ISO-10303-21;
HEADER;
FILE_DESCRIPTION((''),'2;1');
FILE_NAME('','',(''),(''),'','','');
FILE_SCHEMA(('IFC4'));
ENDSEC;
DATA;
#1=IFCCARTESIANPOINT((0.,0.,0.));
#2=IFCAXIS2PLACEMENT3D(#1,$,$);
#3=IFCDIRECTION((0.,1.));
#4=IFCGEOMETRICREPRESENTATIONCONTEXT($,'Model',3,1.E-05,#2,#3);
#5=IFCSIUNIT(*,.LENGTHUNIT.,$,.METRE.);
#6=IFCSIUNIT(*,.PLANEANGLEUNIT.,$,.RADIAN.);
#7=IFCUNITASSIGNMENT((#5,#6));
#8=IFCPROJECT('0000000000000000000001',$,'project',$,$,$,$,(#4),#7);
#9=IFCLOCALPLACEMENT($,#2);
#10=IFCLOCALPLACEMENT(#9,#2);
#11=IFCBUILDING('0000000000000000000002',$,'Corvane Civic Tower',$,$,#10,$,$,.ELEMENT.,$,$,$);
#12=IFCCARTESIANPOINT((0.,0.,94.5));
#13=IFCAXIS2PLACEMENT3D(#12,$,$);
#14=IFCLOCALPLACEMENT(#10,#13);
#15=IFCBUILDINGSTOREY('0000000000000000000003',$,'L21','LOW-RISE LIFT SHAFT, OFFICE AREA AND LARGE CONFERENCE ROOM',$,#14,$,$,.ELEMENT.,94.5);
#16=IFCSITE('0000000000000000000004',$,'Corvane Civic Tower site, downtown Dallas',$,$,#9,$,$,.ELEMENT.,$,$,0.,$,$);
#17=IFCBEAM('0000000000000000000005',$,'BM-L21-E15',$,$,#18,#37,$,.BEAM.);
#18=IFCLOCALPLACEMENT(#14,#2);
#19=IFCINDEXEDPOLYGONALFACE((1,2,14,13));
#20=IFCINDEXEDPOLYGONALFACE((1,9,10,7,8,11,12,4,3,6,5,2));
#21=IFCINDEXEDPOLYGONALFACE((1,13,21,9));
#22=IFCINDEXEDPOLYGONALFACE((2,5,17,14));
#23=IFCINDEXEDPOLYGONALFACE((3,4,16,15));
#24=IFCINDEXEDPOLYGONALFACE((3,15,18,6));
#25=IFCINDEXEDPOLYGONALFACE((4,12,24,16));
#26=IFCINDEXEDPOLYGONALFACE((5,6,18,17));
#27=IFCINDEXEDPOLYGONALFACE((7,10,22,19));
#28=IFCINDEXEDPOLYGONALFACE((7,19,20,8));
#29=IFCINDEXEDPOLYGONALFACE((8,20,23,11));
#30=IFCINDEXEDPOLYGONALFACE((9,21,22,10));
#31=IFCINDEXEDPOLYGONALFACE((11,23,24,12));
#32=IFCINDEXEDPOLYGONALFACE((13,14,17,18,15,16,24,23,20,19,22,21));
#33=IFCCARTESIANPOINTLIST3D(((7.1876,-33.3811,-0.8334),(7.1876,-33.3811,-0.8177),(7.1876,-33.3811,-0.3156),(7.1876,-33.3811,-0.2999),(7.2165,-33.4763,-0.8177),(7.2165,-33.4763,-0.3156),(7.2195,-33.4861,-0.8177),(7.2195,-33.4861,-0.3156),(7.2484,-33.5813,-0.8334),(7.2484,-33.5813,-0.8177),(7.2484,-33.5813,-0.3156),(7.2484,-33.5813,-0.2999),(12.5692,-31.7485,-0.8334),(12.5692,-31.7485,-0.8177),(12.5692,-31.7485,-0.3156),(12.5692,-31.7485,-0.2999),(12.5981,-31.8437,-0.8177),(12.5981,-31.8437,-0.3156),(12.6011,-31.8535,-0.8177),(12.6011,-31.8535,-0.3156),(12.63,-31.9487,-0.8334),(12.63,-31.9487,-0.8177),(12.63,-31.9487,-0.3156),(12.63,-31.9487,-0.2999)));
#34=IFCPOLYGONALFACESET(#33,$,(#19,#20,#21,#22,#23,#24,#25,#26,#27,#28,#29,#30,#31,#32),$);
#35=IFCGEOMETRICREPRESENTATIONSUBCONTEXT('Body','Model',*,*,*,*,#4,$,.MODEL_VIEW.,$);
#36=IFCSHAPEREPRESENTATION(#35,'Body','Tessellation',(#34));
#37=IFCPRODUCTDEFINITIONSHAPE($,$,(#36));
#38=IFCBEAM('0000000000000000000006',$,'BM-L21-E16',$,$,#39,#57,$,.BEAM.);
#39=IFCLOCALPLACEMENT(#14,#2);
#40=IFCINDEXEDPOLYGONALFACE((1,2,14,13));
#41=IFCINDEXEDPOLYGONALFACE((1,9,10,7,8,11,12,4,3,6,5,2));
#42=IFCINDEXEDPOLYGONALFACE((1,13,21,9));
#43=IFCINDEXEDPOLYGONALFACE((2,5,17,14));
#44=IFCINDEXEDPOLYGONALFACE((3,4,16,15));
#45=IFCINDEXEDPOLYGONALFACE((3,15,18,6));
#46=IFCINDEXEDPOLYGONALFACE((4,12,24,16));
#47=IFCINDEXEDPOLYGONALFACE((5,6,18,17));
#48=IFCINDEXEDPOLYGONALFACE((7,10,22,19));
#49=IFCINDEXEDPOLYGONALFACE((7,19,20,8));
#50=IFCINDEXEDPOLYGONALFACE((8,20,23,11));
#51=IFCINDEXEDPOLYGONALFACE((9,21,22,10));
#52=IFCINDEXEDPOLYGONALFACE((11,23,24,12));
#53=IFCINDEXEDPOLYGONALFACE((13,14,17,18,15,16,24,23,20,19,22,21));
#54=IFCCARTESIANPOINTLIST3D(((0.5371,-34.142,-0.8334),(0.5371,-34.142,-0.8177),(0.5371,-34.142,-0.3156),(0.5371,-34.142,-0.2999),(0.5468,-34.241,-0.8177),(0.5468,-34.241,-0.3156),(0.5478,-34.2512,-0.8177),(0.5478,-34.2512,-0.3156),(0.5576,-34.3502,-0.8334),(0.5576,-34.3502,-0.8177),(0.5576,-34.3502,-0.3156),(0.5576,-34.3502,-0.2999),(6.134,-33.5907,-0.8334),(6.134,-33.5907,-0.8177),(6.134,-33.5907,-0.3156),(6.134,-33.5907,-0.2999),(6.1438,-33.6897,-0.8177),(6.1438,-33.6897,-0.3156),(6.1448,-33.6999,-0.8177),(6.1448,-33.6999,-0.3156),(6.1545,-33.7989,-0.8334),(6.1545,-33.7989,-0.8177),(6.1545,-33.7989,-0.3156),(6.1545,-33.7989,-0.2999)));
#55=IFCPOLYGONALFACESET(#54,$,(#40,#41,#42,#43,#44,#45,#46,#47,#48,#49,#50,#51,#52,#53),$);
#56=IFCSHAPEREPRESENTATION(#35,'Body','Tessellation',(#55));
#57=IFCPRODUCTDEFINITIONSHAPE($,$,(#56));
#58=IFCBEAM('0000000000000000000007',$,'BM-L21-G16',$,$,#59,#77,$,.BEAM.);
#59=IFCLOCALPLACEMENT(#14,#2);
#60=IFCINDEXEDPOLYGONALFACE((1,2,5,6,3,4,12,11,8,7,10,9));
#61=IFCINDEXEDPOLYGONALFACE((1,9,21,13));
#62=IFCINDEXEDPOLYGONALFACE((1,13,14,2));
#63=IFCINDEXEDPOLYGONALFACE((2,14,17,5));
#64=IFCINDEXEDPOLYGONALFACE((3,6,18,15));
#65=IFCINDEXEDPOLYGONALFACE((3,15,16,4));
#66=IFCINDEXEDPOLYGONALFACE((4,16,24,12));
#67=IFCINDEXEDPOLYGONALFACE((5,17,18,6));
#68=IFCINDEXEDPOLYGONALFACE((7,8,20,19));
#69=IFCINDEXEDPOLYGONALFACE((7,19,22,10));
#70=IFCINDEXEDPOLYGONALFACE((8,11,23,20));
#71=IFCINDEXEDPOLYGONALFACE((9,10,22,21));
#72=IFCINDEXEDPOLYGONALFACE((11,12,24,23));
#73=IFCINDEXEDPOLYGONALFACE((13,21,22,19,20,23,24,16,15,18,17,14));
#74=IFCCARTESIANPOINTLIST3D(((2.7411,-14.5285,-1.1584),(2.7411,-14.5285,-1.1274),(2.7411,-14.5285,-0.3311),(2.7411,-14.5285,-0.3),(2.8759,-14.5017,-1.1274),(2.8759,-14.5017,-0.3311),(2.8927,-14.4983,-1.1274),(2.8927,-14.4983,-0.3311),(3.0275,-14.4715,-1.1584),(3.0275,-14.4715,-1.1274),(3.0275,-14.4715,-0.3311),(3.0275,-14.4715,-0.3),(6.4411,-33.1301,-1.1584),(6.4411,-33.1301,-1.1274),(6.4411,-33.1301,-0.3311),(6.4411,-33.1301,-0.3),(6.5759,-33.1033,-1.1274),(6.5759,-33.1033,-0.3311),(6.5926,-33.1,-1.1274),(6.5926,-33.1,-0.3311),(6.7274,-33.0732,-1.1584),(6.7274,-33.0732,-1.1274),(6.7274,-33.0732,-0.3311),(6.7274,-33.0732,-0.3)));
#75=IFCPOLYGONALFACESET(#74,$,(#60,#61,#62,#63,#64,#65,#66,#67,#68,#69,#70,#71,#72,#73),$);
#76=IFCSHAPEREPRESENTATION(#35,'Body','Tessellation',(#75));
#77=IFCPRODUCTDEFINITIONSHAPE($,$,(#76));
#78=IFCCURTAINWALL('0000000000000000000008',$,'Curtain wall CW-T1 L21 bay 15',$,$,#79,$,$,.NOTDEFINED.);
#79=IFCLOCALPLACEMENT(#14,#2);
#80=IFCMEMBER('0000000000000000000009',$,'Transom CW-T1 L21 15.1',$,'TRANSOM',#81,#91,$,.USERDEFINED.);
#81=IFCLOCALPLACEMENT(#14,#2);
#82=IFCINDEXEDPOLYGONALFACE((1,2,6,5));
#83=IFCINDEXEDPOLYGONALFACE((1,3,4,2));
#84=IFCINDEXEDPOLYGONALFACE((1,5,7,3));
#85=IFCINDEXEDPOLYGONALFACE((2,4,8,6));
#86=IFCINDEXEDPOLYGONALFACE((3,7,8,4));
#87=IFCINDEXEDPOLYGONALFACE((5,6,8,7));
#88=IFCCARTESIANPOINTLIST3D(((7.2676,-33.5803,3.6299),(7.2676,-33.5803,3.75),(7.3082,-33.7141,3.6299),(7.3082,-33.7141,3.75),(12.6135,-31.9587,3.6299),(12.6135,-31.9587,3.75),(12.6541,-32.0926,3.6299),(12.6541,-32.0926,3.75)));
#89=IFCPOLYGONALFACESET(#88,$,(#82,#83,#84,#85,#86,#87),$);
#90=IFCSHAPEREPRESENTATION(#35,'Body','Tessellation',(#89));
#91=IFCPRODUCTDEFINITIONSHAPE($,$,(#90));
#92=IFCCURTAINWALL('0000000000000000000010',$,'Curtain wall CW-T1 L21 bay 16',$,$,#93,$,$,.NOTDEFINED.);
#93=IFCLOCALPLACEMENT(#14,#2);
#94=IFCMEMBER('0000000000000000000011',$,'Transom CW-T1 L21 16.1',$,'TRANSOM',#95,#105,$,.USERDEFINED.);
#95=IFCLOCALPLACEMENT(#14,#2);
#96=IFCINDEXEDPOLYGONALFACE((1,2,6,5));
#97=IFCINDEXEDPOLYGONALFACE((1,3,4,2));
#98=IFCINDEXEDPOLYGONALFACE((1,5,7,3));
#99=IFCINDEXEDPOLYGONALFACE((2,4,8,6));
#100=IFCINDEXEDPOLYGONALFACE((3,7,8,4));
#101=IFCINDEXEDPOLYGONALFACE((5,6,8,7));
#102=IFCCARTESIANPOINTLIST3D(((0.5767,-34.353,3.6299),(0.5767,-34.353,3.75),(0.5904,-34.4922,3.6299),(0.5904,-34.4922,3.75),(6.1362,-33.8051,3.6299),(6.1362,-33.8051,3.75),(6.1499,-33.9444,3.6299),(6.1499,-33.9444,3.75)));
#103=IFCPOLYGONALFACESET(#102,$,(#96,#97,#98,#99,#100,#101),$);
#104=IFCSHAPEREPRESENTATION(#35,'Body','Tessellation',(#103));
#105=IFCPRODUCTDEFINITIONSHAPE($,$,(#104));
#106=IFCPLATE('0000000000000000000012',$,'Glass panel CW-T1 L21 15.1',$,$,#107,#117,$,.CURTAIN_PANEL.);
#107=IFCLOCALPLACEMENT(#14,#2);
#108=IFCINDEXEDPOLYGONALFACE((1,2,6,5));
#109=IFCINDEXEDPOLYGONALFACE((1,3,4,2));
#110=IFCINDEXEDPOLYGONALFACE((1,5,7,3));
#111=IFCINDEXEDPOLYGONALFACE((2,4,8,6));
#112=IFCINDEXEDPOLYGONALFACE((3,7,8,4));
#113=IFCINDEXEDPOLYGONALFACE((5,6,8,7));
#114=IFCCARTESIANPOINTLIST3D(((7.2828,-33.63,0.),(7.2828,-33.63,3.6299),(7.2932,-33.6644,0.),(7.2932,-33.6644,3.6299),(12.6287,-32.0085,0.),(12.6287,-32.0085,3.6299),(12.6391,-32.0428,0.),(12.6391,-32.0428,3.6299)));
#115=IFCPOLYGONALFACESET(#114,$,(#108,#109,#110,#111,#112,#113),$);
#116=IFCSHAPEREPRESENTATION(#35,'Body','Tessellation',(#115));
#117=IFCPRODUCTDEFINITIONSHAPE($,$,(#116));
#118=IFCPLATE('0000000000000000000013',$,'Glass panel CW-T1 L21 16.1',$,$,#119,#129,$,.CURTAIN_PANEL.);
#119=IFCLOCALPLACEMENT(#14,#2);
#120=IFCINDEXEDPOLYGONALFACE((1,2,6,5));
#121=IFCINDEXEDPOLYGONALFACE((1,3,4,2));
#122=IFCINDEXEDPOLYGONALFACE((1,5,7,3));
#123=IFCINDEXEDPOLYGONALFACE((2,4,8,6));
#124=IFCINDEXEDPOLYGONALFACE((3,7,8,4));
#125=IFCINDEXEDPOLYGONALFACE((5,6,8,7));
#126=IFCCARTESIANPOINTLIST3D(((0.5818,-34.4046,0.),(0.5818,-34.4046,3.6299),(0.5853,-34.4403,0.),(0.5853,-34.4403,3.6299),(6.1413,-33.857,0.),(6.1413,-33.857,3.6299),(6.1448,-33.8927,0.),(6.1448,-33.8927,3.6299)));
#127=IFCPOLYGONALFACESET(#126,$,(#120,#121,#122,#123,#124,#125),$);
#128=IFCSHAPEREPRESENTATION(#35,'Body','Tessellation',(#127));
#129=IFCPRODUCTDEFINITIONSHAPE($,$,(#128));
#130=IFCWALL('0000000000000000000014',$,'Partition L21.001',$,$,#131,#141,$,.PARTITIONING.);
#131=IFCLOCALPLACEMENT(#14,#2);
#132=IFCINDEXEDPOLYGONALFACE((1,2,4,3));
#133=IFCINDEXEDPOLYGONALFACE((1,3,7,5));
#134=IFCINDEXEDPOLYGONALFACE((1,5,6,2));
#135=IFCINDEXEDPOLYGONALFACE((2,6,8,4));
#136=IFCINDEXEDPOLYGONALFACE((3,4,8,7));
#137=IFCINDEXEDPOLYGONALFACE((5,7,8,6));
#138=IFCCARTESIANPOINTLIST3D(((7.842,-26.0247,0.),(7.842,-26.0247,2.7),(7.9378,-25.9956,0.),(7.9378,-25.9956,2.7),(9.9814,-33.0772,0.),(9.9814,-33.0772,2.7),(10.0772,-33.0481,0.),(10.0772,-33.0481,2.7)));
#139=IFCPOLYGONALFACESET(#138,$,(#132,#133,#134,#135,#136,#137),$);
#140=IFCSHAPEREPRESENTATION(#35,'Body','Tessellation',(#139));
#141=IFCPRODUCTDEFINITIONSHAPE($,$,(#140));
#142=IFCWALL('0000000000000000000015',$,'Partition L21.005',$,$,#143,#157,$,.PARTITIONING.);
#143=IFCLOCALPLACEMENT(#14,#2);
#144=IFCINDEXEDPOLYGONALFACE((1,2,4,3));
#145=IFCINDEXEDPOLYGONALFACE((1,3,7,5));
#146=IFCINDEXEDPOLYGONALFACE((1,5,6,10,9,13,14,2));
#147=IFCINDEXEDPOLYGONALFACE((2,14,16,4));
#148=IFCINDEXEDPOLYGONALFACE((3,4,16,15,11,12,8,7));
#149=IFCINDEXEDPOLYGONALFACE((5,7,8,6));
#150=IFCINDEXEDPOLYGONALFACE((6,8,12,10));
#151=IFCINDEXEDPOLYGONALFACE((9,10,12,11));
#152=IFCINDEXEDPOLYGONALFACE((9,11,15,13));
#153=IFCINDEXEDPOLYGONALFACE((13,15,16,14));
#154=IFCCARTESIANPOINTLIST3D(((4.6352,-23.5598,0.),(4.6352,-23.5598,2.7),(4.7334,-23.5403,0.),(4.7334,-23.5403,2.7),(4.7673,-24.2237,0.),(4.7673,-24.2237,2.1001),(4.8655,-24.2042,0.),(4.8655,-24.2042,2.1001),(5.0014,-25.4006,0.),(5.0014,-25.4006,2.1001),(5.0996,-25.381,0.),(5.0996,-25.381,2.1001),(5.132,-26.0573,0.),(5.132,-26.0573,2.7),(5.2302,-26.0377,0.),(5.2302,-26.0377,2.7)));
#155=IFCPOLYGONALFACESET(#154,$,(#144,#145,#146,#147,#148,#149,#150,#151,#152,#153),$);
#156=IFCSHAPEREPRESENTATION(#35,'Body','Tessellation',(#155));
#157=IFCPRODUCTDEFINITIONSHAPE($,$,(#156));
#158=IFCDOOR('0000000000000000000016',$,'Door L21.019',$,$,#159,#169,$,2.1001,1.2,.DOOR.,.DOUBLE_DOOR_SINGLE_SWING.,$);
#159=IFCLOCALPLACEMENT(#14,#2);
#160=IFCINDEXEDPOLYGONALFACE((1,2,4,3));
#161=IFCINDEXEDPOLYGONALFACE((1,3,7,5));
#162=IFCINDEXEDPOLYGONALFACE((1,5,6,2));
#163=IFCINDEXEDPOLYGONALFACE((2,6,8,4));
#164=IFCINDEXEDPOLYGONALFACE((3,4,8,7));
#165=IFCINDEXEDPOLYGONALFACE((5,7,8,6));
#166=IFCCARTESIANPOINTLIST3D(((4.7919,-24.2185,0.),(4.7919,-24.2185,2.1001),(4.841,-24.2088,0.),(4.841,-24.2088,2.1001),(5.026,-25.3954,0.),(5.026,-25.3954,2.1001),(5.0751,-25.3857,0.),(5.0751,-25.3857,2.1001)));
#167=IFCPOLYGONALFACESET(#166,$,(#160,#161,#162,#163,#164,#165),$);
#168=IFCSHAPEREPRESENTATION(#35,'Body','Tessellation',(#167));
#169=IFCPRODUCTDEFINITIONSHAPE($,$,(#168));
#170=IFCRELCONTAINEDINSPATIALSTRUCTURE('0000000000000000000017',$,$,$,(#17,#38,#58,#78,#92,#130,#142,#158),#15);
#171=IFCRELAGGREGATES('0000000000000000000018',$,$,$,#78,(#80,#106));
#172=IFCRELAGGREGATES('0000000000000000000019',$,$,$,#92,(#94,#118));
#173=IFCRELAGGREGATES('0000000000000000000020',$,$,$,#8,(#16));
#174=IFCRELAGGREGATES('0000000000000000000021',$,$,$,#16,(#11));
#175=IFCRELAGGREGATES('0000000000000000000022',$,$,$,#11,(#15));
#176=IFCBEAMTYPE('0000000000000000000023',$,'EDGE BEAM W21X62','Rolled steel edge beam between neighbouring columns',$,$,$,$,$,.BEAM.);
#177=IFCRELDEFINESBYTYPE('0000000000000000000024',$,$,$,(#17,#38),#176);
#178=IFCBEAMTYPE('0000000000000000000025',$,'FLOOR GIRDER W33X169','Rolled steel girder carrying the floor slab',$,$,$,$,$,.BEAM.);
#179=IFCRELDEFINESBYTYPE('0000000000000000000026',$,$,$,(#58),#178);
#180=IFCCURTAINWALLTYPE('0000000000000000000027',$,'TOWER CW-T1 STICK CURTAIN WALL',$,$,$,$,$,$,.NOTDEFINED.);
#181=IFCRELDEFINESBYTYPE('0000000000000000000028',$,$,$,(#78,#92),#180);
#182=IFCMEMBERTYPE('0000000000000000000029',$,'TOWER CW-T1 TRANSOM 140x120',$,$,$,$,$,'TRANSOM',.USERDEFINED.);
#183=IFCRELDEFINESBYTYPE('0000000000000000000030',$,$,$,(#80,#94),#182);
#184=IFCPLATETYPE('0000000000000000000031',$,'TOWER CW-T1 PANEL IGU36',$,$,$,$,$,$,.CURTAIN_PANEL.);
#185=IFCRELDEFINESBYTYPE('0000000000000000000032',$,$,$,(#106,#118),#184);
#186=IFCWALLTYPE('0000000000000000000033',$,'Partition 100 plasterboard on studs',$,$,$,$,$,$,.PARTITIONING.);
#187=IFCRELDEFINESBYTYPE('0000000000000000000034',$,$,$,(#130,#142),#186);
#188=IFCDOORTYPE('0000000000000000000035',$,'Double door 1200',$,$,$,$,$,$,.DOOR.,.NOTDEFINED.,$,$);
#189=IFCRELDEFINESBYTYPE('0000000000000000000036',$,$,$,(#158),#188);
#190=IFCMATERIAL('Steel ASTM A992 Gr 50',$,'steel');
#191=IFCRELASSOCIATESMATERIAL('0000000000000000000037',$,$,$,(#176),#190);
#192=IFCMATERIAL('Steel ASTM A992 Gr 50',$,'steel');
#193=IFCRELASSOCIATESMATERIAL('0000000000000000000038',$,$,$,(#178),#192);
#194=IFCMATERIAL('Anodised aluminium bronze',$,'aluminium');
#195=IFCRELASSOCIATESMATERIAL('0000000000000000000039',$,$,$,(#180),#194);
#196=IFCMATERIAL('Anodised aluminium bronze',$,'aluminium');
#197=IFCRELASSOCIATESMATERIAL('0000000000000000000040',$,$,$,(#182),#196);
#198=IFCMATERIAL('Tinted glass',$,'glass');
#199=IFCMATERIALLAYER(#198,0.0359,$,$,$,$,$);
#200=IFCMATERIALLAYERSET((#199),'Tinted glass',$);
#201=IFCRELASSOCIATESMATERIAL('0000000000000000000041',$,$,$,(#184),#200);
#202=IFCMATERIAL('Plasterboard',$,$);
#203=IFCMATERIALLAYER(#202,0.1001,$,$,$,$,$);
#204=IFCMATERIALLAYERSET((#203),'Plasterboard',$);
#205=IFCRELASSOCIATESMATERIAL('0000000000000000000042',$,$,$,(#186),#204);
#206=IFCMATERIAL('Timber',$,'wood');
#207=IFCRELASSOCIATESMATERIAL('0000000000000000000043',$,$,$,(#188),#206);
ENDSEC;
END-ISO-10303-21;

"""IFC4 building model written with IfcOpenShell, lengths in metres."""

from ifc_helpers import new_model, si_unit, direction, frame, frame_2d, origin, origin_2d, place, context, subcontext, project, spatial, rectangle, i_section, extrude, material, layer, layer_set, material_profile, profile_set, type_object, element, fill, aggregate, save


model = new_model("IFC4")

# Units and contexts
model_context = context("Model", 3, precision=1e-05, world=origin(), true_north=direction((0.0, 1.0)))
body_context = subcontext(model_context, "Body", "Model", "MODEL_VIEW")
ifc_project = project(units=[si_unit("LENGTHUNIT", "METRE"), si_unit("PLANEANGLEUNIT", "RADIAN")], contexts=[model_context])

# Site, building, storey
site_placement = place(None, origin())
site = spatial("IfcSite", under=ifc_project, at=site_placement, Name="Corvane Civic Tower site, downtown Dallas", CompositionType="ELEMENT", RefElevation=0.0)
building_placement = place(site_placement, origin())
building = spatial("IfcBuilding", under=site, at=building_placement, Name="Corvane Civic Tower", CompositionType="ELEMENT")
storey_placement = place(building_placement, frame((0.0, 0.0, 94.5)))
storey = spatial("IfcBuildingStorey", under=building, at=storey_placement, Name="L21", Description="LOW-RISE LIFT SHAFT, OFFICE AREA AND LARGE CONFERENCE ROOM", CompositionType="ELEMENT", Elevation=94.5)

# Beams
ifc_material_1 = material(Name="Steel ASTM A992 Gr 50", Category="steel")
ifc_material_profile_1 = material_profile(ifc_material_1, i_section(OverallWidth=0.2092, OverallDepth=0.5334, WebThickness=0.0103, FlangeThickness=0.0156, at=origin_2d()), Name="W21X62")
ifc_profile_set_1 = profile_set([ifc_material_profile_1], Name="Steel ASTM A992 Gr 50")
beam_type_1 = type_object("IfcBeamType", Name="EDGE BEAM W21X62", Description="Rolled steel edge beam between neighbouring columns", PredefinedType="BEAM", material=ifc_profile_set_1)
beam_1_placement = place(storey_placement, frame((12.5996, -31.8486, -0.5667), z_axis=(-0.956936, -0.290298, 0.0), x_axis=(0.290298, -0.956936, 0.0)))
element("IfcBeam", 1, at=beam_1_placement, inside=storey, type_object=beam_type_1, Name="BM-L21-E15", PredefinedType="BEAM", context=body_context, shape_type="SweptSolid", body=[
    extrude(i_section(OverallWidth=0.2092, OverallDepth=0.5334, WebThickness=0.0103, FlangeThickness=0.0156, at=origin_2d()), origin(), (0.0, 0.0, 1.0), 5.6238),
])
beam_2_placement = place(storey_placement, frame((6.1443, -33.6948, -0.5667), z_axis=(-0.995184, -0.098021, 0.0), x_axis=(0.098021, -0.995184, 0.0)))
element("IfcBeam", 2, at=beam_2_placement, inside=storey, type_object=beam_type_1, Name="BM-L21-E16", PredefinedType="BEAM", context=body_context, shape_type="SweptSolid", body=[
    extrude(i_section(OverallWidth=0.2092, OverallDepth=0.5334, WebThickness=0.0103, FlangeThickness=0.0156, at=origin_2d()), origin(), (0.0, 0.0, 1.0), 5.624),
])
ifc_material_2 = material(Name="Steel ASTM A992 Gr 50", Category="steel")
ifc_material_profile_2 = material_profile(ifc_material_2, i_section(OverallWidth=0.292, OverallDepth=0.8584, WebThickness=0.0171, FlangeThickness=0.031, at=origin_2d()), Name="W33X169")
ifc_profile_set_2 = profile_set([ifc_material_profile_2], Name="Steel ASTM A992 Gr 50")
beam_type_2 = type_object("IfcBeamType", Name="FLOOR GIRDER W33X169", Description="Rolled steel girder carrying the floor slab", PredefinedType="BEAM", material=ifc_profile_set_2)
beam_3_placement = place(storey_placement, frame((2.8843, -14.5, -0.7292), z_axis=(0.195084, -0.980787, 0.0), x_axis=(0.980787, 0.195084, 0.0)))
element("IfcBeam", 3, at=beam_3_placement, inside=storey, type_object=beam_type_2, Name="BM-L21-G16", PredefinedType="BEAM", context=body_context, shape_type="SweptSolid", body=[
    extrude(i_section(OverallWidth=0.292, OverallDepth=0.8584, WebThickness=0.0171, FlangeThickness=0.031, at=origin_2d()), origin(), (0.0, 0.0, 1.0), 18.9661),
])

# Curtain walls, members
ifc_material_3 = material(Name="Anodised aluminium bronze", Category="aluminium")
curtain_wall_type = type_object("IfcCurtainWallType", Name="TOWER CW-T1 STICK CURTAIN WALL", PredefinedType="NOTDEFINED", material=ifc_material_3)
curtain_wall_1_placement = place(storey_placement, origin())
curtain_wall_1 = element("IfcCurtainWall", 4, at=curtain_wall_1_placement, inside=storey, type_object=curtain_wall_type, Name="Curtain wall CW-T1 L21 bay 15", PredefinedType="NOTDEFINED")
ifc_material_4 = material(Name="Anodised aluminium bronze", Category="aluminium")
ifc_material_profile_3 = material_profile(ifc_material_4, rectangle(XDim=0.1399, YDim=0.1201, at=origin_2d()), Name="TOWER CW-T1 TRANSOM 140x120")
ifc_profile_set_3 = profile_set([ifc_material_profile_3], Name="Anodised aluminium bronze")
member_type = type_object("IfcMemberType", Name="TOWER CW-T1 TRANSOM 140x120", ElementType="TRANSOM", PredefinedType="USERDEFINED", material=ifc_profile_set_3)
member_1_placement = place(storey_placement, frame((12.6338, -32.0256, 3.6899), z_axis=(-0.956945, -0.290269, 0.0), x_axis=(0.290269, -0.956945, 0.0)))
member_1 = element("IfcMember", 5, at=member_1_placement, type_object=member_type, Name="Transom CW-T1 L21 15.1", ObjectType="TRANSOM", PredefinedType="USERDEFINED", context=body_context, shape_type="SweptSolid", body=[
    extrude(rectangle(XDim=0.1399, YDim=0.1201, at=origin_2d()), origin(), (0.0, 0.0, 1.0), 5.5864),
])
curtain_wall_2_placement = place(storey_placement, origin())
curtain_wall_2 = element("IfcCurtainWall", 6, at=curtain_wall_2_placement, inside=storey, type_object=curtain_wall_type, Name="Curtain wall CW-T1 L21 bay 16", PredefinedType="NOTDEFINED")
member_2_placement = place(storey_placement, frame((6.1431, -33.8748, 3.6899), z_axis=(-0.99518, -0.098067, 0.0), x_axis=(0.098067, -0.99518, 0.0)))
member_2 = element("IfcMember", 7, at=member_2_placement, type_object=member_type, Name="Transom CW-T1 L21 16.1", ObjectType="TRANSOM", PredefinedType="USERDEFINED", context=body_context, shape_type="SweptSolid", body=[
    extrude(rectangle(XDim=0.1399, YDim=0.1201, at=origin_2d()), origin(), (0.0, 0.0, 1.0), 5.5864),
])

# Plates
ifc_material_5 = material(Name="Tinted glass", Category="glass")
ifc_layer_1 = layer(ifc_material_5, 0.0359)
ifc_layer_set_1 = layer_set([ifc_layer_1], Name="Tinted glass")
plate_type = type_object("IfcPlateType", Name="TOWER CW-T1 PANEL IGU36", PredefinedType="CURTAIN_PANEL", material=ifc_layer_set_1)
plate_1_placement = place(storey_placement, frame((9.9609, -32.8364, 0.0), z_axis=(0.0, 0.0, 1.0), x_axis=(-0.956946, -0.290266, 0.0)))
plate_1 = element("IfcPlate", 8, at=plate_1_placement, type_object=plate_type, Name="Glass panel CW-T1 L21 15.1", PredefinedType="CURTAIN_PANEL", context=body_context, shape_type="SweptSolid", body=[
    extrude(rectangle(XDim=5.5864, YDim=0.0359, at=origin_2d()), origin(), (0.0, 0.0, 1.0), 3.6299),
])
aggregate(curtain_wall_1, [member_1, plate_1])
plate_2_placement = place(storey_placement, frame((3.3633, -34.1487, 0.0), z_axis=(0.0, 0.0, 1.0), x_axis=(-0.995184, -0.098027, 0.0)))
plate_2 = element("IfcPlate", 9, at=plate_2_placement, type_object=plate_type, Name="Glass panel CW-T1 L21 16.1", PredefinedType="CURTAIN_PANEL", context=body_context, shape_type="SweptSolid", body=[
    extrude(rectangle(XDim=5.5864, YDim=0.0359, at=origin_2d()), origin(), (0.0, 0.0, 1.0), 3.6299),
])
aggregate(curtain_wall_2, [member_2, plate_2])

# Wall
ifc_material_6 = material(Name="Plasterboard")
ifc_layer_2 = layer(ifc_material_6, 0.1001)
ifc_layer_set_2 = layer_set([ifc_layer_2], Name="Plasterboard")
wall_type = type_object("IfcWallType", Name="Partition 100 plasterboard on studs", PredefinedType="PARTITIONING", material=ifc_layer_set_2)
wall_1_placement = place(storey_placement, frame((7.8899, -26.01, 0.0), z_axis=(0.0, 0.0, 1.0), x_axis=(0.290291, -0.956938, 0.0)))
element("IfcWall", 10, at=wall_1_placement, inside=storey, type_object=wall_type, Name="Partition L21.001", PredefinedType="PARTITIONING", context=body_context, shape_type="SweptSolid", body=[
    extrude(rectangle(XDim=7.3699, YDim=0.1001, at=frame_2d((3.6851, 0.0))), origin(), (0.0, 0.0, 1.0), 2.7),
])

# Wall, opening, door
wall_2_placement = place(storey_placement, frame((4.6843, -23.55, 0.0), z_axis=(0.0, 0.0, 1.0), x_axis=(0.195102, -0.980783, 0.0)))
wall_2 = element("IfcWall", 11, at=wall_2_placement, inside=storey, type_object=wall_type, Name="Partition L21.005", PredefinedType="PARTITIONING", context=body_context, shape_type="SweptSolid", body=[
    extrude(rectangle(XDim=2.5464, YDim=0.1001, at=frame_2d((1.2732, 0.0))), origin(), (0.0, 0.0, 1.0), 2.7),
])
opening_1_placement = place(wall_2_placement, frame((0.6768, 0.0, 0.0)))
opening_1 = element("IfcOpeningElement", 12, at=opening_1_placement, cuts=wall_2, PredefinedType="OPENING", context=body_context, shape_type="SweptSolid", body=[
    extrude(rectangle(XDim=1.2, YDim=2.1001, at=frame_2d((0.6001, 1.05))), frame((0.0, 0.0601, 0.0), z_axis=(0.0, -1.0, 0.0), x_axis=(1.0, 0.0, 0.0)), (0.0, 0.0, 1.0), 0.1201),
])
ifc_material_7 = material(Name="Timber", Category="wood")
door_type_1 = type_object("IfcDoorType", Name="Double door 1200", OperationType="NOTDEFINED", PredefinedType="DOOR", material=ifc_material_7)
door_1_placement = place(opening_1_placement, frame((1.2, 0.0, 0.0), z_axis=(0.0, 0.0, 1.0), x_axis=(-1.0, 0.0, 0.0)))
door_1 = element("IfcDoor", 13, at=door_1_placement, inside=storey, type_object=door_type_1, Name="Door L21.019", OperationType="DOUBLE_DOOR_SINGLE_SWING", OverallHeight=2.1001, OverallWidth=1.2, PredefinedType="DOOR", context=body_context, shape_type="SweptSolid", body=[
    extrude(rectangle(XDim=1.2, YDim=2.1001, at=frame_2d((0.6001, 1.05))), frame((0.0, 0.0249, 0.0), z_axis=(0.0, -1.0, 0.0), x_axis=(1.0, 0.0, 0.0)), (0.0, 0.0, 1.0), 0.05),
])
fill(opening_1, door_1)

save(model, "model.ifc")
